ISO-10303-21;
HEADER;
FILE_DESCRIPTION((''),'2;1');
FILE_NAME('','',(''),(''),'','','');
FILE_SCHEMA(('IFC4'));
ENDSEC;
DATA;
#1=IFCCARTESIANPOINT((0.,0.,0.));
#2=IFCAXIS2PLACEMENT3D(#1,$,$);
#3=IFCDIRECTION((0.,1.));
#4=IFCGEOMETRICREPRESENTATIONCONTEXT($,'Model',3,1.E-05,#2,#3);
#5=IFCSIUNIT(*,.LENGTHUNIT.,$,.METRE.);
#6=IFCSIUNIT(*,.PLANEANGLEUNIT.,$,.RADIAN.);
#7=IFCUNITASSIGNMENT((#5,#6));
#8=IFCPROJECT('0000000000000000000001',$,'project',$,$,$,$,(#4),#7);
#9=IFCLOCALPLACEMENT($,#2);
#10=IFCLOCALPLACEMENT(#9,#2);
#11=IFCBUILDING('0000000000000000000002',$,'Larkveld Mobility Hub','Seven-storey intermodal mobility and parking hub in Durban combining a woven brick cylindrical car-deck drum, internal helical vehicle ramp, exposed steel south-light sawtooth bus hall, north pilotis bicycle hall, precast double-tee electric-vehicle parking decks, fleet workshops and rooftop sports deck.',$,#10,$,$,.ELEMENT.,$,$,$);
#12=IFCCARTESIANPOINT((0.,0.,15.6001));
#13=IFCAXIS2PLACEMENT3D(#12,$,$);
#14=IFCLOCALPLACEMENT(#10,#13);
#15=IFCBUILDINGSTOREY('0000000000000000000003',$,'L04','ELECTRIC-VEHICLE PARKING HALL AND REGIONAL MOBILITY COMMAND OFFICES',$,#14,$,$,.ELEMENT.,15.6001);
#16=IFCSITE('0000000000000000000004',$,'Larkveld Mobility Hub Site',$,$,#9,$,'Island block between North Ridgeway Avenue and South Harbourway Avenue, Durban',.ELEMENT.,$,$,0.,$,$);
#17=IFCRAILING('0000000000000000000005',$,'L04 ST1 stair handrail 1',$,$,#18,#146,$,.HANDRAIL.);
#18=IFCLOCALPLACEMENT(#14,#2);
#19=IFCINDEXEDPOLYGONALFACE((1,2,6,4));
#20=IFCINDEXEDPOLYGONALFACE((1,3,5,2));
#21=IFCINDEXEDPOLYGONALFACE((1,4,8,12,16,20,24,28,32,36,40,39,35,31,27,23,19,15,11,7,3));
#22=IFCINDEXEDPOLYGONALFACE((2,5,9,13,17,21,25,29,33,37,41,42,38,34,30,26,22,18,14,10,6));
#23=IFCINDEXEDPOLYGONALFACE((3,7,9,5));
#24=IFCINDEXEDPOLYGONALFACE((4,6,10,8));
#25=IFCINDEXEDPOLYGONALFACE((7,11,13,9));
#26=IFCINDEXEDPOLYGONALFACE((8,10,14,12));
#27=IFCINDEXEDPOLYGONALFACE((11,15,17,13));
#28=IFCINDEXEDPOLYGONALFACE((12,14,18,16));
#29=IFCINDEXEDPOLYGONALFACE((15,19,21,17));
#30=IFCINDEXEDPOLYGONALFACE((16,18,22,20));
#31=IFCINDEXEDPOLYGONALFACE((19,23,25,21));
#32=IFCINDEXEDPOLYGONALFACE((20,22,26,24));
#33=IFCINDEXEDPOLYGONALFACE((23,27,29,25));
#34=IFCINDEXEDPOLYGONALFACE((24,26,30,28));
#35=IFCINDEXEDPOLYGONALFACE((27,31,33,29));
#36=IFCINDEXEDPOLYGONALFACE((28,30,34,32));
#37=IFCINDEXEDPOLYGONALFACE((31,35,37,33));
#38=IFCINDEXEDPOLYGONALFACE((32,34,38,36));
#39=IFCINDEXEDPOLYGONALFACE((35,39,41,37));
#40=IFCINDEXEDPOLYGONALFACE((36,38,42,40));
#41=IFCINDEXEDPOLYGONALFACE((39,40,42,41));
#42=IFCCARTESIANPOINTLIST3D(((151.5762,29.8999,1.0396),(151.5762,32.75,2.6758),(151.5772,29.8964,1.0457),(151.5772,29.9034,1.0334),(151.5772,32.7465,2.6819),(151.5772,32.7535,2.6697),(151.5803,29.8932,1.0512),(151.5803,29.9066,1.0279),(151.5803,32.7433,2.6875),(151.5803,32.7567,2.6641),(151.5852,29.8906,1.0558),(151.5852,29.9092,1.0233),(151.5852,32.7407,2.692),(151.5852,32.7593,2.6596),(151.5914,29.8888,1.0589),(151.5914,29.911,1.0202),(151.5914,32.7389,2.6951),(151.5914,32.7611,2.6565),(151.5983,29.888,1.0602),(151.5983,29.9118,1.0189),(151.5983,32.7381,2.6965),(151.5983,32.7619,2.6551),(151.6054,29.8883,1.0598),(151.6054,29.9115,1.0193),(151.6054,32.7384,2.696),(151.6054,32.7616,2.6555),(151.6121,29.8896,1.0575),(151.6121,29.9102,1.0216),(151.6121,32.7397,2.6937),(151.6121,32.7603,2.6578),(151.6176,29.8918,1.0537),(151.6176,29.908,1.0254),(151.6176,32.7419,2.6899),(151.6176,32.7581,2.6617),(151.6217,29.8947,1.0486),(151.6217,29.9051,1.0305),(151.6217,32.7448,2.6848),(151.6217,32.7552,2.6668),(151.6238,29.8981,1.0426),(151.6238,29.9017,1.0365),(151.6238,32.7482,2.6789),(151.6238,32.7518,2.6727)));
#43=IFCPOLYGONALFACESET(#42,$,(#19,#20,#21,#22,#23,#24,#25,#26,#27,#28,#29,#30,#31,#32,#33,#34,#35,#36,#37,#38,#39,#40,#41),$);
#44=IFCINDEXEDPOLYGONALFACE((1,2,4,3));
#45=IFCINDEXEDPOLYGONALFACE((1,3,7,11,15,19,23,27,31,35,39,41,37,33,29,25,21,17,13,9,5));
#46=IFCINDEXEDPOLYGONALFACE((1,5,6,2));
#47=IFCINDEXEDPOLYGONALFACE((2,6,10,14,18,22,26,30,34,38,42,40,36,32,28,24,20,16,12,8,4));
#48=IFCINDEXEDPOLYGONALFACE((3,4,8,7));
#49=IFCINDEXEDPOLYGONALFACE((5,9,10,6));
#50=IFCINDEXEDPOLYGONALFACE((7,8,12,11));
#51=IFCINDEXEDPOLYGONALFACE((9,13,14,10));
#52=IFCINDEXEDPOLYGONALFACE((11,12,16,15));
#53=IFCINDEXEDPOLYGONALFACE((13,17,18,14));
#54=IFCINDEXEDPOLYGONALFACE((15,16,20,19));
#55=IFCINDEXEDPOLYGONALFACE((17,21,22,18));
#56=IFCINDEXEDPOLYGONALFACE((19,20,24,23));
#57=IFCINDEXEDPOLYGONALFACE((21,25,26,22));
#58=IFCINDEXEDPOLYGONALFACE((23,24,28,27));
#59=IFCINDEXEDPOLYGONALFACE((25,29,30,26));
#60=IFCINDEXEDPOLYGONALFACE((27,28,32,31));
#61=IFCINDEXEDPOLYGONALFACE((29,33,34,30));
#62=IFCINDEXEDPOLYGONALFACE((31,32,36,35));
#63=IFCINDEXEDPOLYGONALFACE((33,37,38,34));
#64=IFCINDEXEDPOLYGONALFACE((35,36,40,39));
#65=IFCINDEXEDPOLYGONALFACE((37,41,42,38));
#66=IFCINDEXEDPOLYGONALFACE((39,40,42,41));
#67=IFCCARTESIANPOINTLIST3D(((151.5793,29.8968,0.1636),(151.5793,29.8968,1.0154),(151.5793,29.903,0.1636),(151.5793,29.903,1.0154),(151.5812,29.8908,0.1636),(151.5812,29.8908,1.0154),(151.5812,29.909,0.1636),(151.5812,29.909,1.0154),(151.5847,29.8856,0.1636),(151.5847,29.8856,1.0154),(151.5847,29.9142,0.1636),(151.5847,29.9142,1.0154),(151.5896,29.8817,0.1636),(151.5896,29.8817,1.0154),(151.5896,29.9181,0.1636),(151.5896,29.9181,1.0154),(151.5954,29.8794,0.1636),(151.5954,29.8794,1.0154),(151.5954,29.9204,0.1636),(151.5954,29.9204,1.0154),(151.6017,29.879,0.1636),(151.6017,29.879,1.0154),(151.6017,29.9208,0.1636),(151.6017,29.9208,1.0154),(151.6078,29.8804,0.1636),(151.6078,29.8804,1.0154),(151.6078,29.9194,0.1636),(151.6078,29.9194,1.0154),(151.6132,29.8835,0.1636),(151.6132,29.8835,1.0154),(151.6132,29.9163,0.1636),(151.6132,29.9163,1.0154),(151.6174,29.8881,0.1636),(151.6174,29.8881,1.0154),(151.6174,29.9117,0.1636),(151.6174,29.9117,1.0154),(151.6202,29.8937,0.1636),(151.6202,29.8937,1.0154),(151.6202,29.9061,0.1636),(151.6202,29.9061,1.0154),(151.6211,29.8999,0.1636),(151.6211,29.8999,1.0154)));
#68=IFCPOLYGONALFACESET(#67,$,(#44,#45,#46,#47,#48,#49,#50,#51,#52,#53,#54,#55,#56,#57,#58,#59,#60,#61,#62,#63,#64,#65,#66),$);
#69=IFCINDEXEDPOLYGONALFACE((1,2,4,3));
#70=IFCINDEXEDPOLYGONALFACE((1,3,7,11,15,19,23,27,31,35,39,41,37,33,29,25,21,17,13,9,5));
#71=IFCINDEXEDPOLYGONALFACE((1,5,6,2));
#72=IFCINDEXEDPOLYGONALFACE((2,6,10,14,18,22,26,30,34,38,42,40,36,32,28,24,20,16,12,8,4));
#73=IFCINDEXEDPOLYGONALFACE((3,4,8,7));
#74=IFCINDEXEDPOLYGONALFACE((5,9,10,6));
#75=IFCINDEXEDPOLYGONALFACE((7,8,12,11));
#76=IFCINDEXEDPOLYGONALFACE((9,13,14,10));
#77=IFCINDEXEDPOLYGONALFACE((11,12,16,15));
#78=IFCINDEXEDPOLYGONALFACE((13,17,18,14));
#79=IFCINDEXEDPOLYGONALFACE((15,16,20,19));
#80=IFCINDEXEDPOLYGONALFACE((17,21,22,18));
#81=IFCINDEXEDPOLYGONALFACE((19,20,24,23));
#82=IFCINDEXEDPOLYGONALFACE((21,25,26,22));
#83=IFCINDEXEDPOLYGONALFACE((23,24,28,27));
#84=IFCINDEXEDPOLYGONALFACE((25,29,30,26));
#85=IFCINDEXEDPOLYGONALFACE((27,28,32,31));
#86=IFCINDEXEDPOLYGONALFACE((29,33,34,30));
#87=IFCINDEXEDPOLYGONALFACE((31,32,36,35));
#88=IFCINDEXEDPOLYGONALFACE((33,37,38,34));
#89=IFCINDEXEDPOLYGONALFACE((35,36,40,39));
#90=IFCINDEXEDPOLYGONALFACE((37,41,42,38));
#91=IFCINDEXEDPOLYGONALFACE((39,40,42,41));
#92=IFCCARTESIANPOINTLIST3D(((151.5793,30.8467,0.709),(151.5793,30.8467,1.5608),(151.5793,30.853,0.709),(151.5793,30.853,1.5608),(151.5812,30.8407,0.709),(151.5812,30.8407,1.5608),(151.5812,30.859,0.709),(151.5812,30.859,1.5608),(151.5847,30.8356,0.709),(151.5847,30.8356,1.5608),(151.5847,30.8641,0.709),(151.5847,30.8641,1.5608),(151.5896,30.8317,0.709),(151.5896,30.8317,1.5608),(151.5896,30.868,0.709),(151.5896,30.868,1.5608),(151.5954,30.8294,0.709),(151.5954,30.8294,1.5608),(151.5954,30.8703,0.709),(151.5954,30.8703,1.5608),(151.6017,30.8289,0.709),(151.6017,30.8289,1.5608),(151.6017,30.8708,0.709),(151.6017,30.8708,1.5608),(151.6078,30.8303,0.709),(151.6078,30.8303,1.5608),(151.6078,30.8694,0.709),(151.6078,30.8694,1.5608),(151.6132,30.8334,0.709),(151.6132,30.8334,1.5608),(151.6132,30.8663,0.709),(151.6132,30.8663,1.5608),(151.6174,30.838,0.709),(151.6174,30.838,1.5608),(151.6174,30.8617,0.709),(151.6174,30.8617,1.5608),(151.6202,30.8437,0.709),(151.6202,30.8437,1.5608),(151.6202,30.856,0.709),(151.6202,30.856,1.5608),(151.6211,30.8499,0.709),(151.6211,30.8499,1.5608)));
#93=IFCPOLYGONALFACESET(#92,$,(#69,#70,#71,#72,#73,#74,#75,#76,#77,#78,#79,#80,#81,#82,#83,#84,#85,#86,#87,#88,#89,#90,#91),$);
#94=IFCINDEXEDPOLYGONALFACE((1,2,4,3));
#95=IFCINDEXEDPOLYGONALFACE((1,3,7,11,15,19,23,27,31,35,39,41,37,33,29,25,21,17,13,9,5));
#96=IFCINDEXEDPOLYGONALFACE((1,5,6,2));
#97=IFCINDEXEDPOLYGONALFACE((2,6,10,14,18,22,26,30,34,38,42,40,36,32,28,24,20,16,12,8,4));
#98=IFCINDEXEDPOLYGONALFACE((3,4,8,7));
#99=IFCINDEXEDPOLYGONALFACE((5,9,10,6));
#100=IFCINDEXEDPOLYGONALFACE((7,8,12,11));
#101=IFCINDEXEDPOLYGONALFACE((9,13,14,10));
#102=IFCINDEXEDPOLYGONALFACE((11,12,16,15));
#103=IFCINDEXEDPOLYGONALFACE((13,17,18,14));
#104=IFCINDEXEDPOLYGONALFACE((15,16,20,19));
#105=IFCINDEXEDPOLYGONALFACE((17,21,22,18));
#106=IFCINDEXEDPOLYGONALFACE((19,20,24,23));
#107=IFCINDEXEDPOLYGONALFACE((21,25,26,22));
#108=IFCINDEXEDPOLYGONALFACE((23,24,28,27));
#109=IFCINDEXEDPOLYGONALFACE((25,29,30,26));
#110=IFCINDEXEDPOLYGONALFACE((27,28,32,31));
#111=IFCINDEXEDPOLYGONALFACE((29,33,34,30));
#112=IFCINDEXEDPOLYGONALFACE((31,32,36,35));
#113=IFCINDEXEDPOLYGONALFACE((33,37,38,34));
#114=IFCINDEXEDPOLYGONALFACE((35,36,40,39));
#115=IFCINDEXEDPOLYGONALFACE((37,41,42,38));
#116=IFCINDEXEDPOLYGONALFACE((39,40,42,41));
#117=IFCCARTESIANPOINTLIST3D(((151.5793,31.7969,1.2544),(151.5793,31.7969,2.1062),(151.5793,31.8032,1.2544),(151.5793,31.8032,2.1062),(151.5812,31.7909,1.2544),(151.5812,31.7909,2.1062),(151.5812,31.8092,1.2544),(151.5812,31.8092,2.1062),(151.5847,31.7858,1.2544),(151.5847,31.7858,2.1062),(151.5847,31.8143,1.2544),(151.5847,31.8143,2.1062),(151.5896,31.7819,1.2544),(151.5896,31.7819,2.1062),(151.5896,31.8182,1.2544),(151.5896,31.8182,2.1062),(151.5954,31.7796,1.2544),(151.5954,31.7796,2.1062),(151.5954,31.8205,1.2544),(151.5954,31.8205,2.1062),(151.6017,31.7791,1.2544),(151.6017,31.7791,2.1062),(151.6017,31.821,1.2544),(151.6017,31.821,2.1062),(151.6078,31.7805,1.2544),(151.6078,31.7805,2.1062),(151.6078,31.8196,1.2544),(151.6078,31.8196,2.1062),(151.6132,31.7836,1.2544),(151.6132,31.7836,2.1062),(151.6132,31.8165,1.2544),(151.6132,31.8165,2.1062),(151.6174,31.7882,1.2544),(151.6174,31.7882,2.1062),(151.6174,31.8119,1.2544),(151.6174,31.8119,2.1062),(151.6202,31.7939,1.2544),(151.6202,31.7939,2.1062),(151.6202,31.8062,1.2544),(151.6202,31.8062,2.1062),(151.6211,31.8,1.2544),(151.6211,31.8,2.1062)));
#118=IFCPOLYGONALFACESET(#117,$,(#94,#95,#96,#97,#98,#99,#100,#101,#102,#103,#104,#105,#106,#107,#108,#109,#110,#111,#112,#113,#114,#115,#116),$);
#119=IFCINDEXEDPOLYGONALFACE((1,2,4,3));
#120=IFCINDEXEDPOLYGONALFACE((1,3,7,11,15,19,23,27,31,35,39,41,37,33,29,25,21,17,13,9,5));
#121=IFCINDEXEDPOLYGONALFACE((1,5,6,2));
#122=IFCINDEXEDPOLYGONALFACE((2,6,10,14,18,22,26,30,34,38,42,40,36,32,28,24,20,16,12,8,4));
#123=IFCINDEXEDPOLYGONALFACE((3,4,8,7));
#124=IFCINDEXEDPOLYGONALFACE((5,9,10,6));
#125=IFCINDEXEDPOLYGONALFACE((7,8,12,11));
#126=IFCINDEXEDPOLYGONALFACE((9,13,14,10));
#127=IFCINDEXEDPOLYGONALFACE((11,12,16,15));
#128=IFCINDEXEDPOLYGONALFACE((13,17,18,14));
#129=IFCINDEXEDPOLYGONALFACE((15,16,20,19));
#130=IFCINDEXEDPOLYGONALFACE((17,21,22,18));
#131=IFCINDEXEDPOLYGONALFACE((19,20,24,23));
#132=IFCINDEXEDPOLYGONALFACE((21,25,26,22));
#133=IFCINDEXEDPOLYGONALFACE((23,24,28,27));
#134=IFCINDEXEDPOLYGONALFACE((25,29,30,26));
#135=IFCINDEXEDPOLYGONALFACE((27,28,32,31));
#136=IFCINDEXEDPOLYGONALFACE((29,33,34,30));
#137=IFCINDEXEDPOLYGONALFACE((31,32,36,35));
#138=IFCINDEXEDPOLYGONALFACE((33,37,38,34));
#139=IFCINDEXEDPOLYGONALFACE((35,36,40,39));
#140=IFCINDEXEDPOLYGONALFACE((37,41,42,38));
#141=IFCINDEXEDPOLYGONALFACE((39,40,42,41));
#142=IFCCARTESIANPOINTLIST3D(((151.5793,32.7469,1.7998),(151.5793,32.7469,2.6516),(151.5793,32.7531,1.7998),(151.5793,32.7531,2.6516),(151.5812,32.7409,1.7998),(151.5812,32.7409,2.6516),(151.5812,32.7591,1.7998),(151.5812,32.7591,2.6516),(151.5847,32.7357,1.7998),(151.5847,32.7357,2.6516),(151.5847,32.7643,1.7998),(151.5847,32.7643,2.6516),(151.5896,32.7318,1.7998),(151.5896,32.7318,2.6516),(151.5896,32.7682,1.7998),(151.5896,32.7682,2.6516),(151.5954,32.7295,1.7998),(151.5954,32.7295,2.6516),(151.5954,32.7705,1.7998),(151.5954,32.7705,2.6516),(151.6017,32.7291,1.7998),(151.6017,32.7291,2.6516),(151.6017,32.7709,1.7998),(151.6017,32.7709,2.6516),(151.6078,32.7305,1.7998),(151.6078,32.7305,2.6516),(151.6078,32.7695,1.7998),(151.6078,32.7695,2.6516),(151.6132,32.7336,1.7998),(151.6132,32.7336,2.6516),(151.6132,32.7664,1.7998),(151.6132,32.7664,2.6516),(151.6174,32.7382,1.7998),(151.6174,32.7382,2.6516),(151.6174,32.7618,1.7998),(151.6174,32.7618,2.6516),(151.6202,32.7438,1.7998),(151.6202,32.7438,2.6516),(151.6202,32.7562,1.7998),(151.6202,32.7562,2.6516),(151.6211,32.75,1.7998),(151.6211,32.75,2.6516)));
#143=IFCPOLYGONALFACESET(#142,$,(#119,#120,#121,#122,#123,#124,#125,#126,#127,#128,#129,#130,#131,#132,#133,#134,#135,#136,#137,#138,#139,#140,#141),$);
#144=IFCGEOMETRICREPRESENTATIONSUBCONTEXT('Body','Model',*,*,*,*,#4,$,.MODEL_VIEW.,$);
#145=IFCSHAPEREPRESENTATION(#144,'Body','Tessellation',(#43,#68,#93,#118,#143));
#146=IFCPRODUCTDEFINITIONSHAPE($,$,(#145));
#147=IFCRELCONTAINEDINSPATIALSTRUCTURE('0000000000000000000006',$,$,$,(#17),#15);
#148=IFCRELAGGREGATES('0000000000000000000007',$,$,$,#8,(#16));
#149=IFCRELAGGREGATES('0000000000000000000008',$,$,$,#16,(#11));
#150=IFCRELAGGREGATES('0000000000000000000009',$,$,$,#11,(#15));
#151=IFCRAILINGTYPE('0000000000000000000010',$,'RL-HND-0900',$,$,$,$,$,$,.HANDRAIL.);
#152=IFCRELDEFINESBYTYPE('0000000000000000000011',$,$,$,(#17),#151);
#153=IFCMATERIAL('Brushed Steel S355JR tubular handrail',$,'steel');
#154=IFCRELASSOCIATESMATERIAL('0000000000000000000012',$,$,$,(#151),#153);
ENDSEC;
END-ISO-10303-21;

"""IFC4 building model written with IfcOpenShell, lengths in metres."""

from ifc_helpers import new_model, si_unit, direction, frame, origin, origin_2d, place, context, subcontext, project, spatial, circle, extrude, material, type_object, element, save


model = new_model("IFC4")

# Units and contexts
model_context = context("Model", 3, precision=1e-05, world=origin(), true_north=direction((0.0, 1.0)))
body_context = subcontext(model_context, "Body", "Model", "MODEL_VIEW")
ifc_project = project(units=[si_unit("LENGTHUNIT", "METRE"), si_unit("PLANEANGLEUNIT", "RADIAN")], contexts=[model_context])

# Site, building, storey
site_placement = place(None, origin())
site = spatial("IfcSite", under=ifc_project, at=site_placement, Name="Larkveld Mobility Hub Site", LongName="Island block between North Ridgeway Avenue and South Harbourway Avenue, Durban", CompositionType="ELEMENT", RefElevation=0.0)
building_placement = place(site_placement, origin())
building = spatial("IfcBuilding", under=site, at=building_placement, Name="Larkveld Mobility Hub", Description="Seven-storey intermodal mobility and parking hub in Durban combining a woven brick cylindrical car-deck drum, internal helical vehicle ramp, exposed steel south-light sawtooth bus hall, north pilotis bicycle hall, precast double-tee electric-vehicle parking decks, fleet workshops and rooftop sports deck.", CompositionType="ELEMENT")
storey_placement = place(building_placement, frame((0.0, 0.0, 15.6001)))
storey = spatial("IfcBuildingStorey", under=building, at=storey_placement, Name="L04", Description="ELECTRIC-VEHICLE PARKING HALL AND REGIONAL MOBILITY COMMAND OFFICES", CompositionType="ELEMENT", Elevation=15.6001)

# Railing
ifc_material_1 = material(Name="Brushed Steel S355JR tubular handrail", Category="steel")
railing_type = type_object("IfcRailingType", Name="RL-HND-0900", PredefinedType="HANDRAIL", material=ifc_material_1)
railing_placement = place(storey_placement, frame((151.6001, 29.8999, 0.1636)))
element("IfcRailing", 1, at=railing_placement, inside=storey, type_object=railing_type, Name="L04 ST1 stair handrail 1", PredefinedType="HANDRAIL", context=body_context, shape_type="SweptSolid", body=[
    extrude(circle(Radius=0.0239, at=origin_2d()), frame((0.0, 0.0, 0.876), z_axis=(0.0, 0.867245, 0.497882), x_axis=(-1.0, 0.0, 0.0)), (0.0, 0.0, 1.0), 3.2864),
    extrude(circle(Radius=0.021, at=origin_2d()), origin(), (0.0, 0.0, 1.0), 0.8518),
    extrude(circle(Radius=0.021, at=origin_2d()), frame((0.0, 0.95, 0.5454)), (0.0, 0.0, 1.0), 0.8518),
    extrude(circle(Radius=0.021, at=origin_2d()), frame((0.0, 1.9001, 1.0908)), (0.0, 0.0, 1.0), 0.8518),
    extrude(circle(Radius=0.021, at=origin_2d()), frame((0.0, 2.8501, 1.6362)), (0.0, 0.0, 1.0), 0.8518),
])

save(model, "model.ifc")
